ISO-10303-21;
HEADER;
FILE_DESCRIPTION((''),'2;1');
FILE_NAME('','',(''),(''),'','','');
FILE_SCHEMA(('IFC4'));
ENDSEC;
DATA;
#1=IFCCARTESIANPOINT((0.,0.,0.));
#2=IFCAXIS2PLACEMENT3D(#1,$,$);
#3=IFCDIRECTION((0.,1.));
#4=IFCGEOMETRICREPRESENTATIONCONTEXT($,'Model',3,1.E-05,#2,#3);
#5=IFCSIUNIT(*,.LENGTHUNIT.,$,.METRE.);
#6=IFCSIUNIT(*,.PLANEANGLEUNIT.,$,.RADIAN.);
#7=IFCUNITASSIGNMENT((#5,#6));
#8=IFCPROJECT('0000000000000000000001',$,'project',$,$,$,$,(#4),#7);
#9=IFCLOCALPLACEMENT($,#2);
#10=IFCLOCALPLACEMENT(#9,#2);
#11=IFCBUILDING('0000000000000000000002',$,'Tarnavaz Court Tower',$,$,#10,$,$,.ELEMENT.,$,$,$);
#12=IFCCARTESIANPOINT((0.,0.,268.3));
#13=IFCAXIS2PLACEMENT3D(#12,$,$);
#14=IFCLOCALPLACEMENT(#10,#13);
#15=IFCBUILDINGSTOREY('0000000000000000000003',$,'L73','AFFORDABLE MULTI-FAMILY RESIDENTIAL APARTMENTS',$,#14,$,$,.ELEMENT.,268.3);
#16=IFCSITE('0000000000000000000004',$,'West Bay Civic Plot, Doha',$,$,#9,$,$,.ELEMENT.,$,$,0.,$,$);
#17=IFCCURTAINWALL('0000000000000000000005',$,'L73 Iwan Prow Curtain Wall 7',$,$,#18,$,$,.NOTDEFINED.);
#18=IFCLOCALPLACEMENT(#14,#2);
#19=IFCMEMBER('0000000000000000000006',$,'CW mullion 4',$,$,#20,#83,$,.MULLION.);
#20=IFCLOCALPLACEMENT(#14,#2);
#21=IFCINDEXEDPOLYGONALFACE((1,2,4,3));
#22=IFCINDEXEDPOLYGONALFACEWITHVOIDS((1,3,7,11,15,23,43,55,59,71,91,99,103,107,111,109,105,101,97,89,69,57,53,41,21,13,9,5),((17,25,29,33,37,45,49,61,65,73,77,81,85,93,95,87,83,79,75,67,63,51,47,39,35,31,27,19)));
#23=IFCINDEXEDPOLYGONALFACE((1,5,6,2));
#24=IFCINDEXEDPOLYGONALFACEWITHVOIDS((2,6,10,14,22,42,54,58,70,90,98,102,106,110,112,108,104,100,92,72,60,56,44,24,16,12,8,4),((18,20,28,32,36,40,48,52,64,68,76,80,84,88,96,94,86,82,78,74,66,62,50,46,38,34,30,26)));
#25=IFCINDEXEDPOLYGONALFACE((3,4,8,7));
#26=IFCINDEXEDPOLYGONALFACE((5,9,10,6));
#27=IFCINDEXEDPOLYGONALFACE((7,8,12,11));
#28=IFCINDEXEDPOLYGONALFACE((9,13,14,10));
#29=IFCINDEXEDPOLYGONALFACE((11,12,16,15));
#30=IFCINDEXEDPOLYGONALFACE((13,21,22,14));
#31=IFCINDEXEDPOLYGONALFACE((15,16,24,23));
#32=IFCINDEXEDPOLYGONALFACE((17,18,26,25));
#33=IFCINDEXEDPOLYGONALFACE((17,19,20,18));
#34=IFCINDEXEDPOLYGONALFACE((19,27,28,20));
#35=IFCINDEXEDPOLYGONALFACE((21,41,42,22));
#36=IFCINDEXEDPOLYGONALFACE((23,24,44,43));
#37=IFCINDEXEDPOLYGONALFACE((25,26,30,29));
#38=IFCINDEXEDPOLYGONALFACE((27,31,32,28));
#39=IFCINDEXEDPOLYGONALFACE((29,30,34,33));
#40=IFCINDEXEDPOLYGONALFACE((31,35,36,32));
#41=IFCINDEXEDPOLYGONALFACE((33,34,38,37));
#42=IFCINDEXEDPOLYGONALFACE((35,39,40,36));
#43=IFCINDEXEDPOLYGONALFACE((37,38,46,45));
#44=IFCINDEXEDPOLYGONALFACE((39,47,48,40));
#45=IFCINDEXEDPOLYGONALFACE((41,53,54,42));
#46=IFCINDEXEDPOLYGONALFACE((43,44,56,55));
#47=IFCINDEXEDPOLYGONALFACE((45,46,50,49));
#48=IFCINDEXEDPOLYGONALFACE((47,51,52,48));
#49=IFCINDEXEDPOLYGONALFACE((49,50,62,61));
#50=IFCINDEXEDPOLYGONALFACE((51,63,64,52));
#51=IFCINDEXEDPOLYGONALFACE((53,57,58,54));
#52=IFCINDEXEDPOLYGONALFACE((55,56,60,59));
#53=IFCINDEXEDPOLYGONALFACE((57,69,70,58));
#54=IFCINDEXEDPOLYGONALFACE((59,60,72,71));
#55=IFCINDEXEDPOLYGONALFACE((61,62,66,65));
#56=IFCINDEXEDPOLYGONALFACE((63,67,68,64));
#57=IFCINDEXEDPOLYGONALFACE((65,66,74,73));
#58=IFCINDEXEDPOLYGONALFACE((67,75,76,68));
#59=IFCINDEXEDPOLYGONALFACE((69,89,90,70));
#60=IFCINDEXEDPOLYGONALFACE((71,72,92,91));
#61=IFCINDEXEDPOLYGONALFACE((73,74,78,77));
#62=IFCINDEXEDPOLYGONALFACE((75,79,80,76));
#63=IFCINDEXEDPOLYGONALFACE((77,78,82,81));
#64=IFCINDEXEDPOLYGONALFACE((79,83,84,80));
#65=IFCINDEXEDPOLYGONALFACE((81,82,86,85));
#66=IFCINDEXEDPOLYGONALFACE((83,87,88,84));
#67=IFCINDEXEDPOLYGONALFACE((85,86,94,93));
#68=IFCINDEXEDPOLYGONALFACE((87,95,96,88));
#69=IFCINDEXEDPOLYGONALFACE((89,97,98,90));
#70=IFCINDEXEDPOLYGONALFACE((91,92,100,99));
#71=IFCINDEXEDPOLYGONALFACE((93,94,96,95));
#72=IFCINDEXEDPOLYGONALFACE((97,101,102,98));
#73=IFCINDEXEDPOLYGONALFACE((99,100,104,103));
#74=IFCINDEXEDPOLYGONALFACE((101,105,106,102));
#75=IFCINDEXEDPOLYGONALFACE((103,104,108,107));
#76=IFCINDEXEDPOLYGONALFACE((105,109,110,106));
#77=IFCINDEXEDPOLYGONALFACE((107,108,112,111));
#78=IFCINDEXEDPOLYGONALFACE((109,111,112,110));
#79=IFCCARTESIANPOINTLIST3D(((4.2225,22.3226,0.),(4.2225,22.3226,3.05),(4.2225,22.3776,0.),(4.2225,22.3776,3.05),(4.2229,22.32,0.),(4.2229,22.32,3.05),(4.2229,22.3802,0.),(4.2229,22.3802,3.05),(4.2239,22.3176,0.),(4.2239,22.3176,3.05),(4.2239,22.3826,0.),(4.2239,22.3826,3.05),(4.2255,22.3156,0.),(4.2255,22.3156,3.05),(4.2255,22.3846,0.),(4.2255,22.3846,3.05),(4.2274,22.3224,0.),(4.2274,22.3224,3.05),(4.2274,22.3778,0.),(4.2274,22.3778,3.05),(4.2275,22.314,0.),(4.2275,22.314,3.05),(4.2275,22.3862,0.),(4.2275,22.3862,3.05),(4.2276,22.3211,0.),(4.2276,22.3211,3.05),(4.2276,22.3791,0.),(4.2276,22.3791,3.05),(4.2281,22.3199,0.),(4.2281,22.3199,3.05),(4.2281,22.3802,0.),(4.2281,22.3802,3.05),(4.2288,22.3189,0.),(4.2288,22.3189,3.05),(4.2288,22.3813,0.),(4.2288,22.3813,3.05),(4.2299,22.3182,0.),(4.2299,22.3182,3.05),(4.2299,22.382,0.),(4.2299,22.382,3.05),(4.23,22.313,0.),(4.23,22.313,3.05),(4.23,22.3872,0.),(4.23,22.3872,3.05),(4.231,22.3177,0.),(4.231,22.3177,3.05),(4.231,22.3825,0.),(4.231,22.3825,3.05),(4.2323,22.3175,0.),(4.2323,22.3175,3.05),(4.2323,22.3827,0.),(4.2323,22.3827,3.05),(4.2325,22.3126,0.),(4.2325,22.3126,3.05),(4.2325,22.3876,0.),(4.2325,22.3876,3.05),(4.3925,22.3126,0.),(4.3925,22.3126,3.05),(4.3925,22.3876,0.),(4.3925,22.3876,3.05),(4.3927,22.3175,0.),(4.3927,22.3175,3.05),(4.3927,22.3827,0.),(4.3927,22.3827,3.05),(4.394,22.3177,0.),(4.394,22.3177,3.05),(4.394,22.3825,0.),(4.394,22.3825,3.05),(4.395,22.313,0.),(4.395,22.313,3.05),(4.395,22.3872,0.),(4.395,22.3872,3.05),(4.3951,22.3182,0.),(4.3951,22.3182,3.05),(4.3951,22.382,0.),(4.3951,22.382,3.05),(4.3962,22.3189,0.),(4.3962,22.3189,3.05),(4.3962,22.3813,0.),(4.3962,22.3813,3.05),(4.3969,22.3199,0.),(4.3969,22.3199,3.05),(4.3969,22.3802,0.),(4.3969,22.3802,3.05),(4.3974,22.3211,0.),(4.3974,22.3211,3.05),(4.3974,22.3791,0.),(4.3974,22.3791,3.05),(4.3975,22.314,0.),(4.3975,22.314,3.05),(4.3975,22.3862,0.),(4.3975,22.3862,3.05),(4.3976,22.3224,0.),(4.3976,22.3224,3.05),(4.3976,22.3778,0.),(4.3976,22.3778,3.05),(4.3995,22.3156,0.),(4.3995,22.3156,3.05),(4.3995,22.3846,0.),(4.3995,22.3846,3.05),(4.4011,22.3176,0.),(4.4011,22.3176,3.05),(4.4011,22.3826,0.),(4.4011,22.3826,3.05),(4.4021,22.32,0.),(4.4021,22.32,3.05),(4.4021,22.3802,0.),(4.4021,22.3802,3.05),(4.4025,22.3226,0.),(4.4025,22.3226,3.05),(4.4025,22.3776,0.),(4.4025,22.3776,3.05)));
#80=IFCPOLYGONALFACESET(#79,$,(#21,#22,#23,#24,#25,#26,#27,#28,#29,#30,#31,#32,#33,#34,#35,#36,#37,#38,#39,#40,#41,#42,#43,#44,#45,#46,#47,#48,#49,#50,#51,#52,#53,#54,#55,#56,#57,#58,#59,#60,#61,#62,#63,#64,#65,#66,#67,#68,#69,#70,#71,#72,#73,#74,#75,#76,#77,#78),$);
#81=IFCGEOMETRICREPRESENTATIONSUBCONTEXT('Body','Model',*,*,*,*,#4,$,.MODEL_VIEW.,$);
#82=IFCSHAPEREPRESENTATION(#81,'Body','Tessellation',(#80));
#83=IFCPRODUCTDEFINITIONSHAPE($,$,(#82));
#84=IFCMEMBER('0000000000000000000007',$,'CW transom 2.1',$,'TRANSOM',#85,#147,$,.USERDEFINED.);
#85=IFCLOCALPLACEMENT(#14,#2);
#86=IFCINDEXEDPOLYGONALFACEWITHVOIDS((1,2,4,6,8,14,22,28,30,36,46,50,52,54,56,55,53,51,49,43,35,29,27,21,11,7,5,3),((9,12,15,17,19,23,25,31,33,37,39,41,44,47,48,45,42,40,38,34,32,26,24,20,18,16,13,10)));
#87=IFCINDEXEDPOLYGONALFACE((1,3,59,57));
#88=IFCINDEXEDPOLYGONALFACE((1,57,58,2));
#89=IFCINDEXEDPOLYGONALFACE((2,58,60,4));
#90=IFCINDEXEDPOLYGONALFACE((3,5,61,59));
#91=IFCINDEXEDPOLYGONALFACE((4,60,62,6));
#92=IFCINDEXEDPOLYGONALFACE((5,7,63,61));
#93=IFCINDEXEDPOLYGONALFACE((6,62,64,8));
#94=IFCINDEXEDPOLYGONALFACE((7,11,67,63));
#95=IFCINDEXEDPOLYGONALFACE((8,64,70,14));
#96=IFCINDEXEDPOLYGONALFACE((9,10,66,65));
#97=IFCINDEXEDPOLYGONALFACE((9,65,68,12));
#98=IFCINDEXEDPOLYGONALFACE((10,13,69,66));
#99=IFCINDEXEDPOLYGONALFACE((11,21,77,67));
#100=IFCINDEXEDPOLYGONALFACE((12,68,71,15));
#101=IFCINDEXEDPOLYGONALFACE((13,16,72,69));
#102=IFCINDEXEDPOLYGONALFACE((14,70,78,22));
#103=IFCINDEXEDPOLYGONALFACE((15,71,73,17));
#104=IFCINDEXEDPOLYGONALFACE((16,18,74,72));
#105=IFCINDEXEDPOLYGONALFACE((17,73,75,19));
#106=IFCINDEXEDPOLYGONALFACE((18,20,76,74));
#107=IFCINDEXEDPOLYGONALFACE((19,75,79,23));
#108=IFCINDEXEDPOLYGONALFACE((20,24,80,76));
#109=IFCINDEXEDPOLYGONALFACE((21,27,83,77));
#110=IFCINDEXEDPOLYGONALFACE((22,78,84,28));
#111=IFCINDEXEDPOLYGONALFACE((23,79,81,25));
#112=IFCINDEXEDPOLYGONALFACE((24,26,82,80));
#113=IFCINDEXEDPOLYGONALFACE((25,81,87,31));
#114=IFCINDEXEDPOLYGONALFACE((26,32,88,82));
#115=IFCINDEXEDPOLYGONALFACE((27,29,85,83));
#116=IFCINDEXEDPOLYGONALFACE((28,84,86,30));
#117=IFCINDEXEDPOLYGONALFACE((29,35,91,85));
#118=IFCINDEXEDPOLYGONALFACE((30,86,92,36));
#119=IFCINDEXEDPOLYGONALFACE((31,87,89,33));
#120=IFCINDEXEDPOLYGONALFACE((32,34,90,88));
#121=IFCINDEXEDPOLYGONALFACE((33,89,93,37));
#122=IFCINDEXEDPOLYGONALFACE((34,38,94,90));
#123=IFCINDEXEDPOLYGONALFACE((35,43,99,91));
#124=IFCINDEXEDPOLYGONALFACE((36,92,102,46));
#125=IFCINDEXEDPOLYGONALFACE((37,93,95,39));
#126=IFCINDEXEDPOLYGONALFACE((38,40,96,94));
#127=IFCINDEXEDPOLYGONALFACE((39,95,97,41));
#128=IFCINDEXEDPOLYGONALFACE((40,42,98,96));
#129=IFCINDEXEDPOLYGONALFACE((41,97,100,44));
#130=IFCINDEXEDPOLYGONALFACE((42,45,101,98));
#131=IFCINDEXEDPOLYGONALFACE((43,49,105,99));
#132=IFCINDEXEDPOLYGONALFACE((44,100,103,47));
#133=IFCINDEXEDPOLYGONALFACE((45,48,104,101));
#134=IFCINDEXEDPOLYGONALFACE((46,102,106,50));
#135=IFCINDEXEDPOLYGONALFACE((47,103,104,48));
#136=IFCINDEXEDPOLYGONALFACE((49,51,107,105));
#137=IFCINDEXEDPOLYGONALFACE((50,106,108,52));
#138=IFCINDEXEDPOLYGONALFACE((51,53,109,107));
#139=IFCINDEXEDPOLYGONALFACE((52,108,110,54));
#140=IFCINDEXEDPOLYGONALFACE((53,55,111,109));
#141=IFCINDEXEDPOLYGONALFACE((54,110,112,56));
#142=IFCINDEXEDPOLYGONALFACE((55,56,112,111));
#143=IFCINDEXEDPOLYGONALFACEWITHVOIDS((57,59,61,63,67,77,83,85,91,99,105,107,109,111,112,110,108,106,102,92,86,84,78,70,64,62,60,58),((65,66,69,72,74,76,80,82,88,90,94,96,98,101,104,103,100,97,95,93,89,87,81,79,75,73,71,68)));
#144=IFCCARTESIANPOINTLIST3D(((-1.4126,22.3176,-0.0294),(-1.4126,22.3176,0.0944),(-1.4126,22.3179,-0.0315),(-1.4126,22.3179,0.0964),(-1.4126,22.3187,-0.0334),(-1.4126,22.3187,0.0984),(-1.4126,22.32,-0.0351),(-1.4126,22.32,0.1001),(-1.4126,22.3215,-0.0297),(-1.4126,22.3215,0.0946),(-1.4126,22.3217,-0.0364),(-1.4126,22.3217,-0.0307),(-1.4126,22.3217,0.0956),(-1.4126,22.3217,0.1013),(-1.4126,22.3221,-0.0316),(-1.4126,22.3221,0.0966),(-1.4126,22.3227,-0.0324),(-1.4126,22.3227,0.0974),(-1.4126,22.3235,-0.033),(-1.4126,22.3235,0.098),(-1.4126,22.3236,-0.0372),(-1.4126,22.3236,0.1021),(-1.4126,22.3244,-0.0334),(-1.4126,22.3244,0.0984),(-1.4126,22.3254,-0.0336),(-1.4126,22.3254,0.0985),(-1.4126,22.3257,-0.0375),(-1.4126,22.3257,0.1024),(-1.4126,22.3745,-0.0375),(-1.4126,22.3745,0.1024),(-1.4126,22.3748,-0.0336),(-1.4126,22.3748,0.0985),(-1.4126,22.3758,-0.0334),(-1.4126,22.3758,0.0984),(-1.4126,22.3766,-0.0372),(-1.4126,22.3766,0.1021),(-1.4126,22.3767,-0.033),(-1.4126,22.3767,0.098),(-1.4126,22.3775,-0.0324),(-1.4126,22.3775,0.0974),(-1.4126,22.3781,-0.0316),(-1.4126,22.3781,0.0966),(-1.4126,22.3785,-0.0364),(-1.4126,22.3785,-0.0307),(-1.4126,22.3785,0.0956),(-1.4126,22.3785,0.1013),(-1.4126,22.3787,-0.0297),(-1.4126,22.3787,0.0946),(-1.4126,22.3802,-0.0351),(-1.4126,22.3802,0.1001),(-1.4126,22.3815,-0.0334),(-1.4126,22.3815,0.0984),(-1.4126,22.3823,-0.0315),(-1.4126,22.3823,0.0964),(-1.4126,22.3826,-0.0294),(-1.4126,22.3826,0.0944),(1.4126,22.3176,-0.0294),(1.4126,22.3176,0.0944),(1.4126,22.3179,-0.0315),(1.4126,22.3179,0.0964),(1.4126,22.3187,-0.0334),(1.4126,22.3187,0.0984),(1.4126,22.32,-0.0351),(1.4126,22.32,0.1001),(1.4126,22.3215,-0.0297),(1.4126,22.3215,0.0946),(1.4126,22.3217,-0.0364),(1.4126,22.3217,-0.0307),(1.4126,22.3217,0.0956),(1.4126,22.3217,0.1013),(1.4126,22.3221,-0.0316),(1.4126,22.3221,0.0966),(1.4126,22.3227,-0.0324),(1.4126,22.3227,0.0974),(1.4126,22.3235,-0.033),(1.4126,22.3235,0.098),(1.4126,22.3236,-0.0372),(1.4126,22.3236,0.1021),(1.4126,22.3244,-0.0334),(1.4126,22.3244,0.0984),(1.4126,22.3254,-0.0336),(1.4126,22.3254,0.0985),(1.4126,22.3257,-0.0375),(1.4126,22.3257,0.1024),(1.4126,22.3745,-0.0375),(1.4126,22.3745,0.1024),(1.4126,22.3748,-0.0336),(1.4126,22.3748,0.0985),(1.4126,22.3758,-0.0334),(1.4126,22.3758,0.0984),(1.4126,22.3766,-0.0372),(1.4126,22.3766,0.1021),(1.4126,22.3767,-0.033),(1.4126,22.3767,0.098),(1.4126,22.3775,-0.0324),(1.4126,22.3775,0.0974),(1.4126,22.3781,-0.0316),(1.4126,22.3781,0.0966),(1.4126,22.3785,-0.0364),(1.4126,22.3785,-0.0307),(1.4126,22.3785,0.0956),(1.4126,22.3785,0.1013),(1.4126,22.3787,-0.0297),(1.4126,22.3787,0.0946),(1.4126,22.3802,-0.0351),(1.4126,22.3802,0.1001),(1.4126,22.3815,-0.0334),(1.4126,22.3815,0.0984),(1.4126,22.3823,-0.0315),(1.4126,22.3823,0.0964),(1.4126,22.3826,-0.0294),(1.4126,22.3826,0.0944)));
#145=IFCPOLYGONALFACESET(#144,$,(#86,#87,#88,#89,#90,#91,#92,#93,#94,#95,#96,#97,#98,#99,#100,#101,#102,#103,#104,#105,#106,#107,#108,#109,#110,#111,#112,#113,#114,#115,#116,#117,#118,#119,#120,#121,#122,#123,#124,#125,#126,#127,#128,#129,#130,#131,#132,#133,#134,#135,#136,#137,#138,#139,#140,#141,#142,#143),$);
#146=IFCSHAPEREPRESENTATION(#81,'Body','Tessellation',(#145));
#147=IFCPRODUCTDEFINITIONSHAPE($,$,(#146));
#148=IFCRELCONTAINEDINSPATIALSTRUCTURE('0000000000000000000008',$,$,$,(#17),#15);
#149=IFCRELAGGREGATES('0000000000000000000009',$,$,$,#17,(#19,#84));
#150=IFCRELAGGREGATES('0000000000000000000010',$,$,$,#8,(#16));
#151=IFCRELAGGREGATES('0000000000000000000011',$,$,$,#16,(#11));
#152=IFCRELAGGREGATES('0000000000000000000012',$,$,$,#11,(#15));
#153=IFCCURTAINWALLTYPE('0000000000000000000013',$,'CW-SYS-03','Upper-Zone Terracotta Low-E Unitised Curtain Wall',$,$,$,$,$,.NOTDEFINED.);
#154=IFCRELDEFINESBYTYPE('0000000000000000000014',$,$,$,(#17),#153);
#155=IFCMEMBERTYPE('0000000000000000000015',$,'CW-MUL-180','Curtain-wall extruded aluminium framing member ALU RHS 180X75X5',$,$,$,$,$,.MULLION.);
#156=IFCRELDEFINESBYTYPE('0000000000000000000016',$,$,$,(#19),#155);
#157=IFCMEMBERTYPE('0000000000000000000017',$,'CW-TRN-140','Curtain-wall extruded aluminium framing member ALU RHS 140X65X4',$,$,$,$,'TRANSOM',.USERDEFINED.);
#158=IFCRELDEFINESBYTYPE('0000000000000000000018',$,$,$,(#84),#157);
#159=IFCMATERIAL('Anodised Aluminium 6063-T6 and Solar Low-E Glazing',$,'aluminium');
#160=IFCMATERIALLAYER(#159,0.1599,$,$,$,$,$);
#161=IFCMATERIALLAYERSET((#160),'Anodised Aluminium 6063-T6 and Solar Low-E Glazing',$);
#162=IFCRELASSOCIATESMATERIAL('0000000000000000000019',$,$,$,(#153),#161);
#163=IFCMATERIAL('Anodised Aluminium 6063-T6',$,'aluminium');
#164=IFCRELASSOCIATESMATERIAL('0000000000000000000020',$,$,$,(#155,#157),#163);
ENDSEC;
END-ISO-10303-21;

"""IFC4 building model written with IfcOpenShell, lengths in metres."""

from ifc_helpers import new_model, si_unit, direction, frame, origin, origin_2d, place, context, subcontext, project, spatial, hollow_rectangle, extrude, material, layer, layer_set, material_profile, profile_set, type_object, element, aggregate, save


model = new_model("IFC4")

# Units and contexts
model_context = context("Model", 3, precision=1e-05, world=origin(), true_north=direction((0.0, 1.0)))
body_context = subcontext(model_context, "Body", "Model", "MODEL_VIEW")
ifc_project = project(units=[si_unit("LENGTHUNIT", "METRE"), si_unit("PLANEANGLEUNIT", "RADIAN")], contexts=[model_context])

# Site, building, storey
site_placement = place(None, origin())
site = spatial("IfcSite", under=ifc_project, at=site_placement, Name="West Bay Civic Plot, Doha", CompositionType="ELEMENT", RefElevation=0.0)
building_placement = place(site_placement, origin())
building = spatial("IfcBuilding", under=site, at=building_placement, Name="Tarnavaz Court Tower", CompositionType="ELEMENT")
storey_placement = place(building_placement, frame((0.0, 0.0, 268.3)))
storey = spatial("IfcBuildingStorey", under=building, at=storey_placement, Name="L73", Description="AFFORDABLE MULTI-FAMILY RESIDENTIAL APARTMENTS", CompositionType="ELEMENT", Elevation=268.3)

# Curtain wall, members
ifc_material_1 = material(Name="Anodised Aluminium 6063-T6 and Solar Low-E Glazing", Category="aluminium")
ifc_layer_1 = layer(ifc_material_1, 0.1599)
ifc_layer_set_1 = layer_set([ifc_layer_1], Name="Anodised Aluminium 6063-T6 and Solar Low-E Glazing")
curtain_wall_type = type_object("IfcCurtainWallType", Name="CW-SYS-03", Description="Upper-Zone Terracotta Low-E Unitised Curtain Wall", PredefinedType="NOTDEFINED", material=ifc_layer_set_1)
curtain_wall_placement = place(storey_placement, origin())
curtain_wall = element("IfcCurtainWall", 1, at=curtain_wall_placement, inside=storey, type_object=curtain_wall_type, Name="L73 Iwan Prow Curtain Wall 7", PredefinedType="NOTDEFINED")
ifc_material_2 = material(Name="Anodised Aluminium 6063-T6", Category="aluminium")
ifc_material_profile_1 = material_profile(ifc_material_2, hollow_rectangle(XDim=0.075, YDim=0.1799, WallThickness=0.0049, InnerFilletRadius=0.0049, OuterFilletRadius=0.01, at=origin_2d()), Name="ALU RHS 180X75X5")
ifc_profile_set_1 = profile_set([ifc_material_profile_1], Name="Anodised Aluminium 6063-T6")
member_type_1 = type_object("IfcMemberType", Name="CW-MUL-180", Description="Curtain-wall extruded aluminium framing member ALU RHS 180X75X5", PredefinedType="MULLION", material=ifc_profile_set_1)
member_1_placement = place(storey_placement, frame((4.3125, 22.3501, 0.0), z_axis=(0.0, 0.0, 1.0), x_axis=(0.0, 1.0, 0.0)))
member_1 = element("IfcMember", 2, at=member_1_placement, type_object=member_type_1, Name="CW mullion 4", PredefinedType="MULLION", context=body_context, shape_type="SweptSolid", body=[
    extrude(hollow_rectangle(XDim=0.075, YDim=0.1799, WallThickness=0.0049, InnerFilletRadius=0.0049, OuterFilletRadius=0.01, at=origin_2d()), origin(), (0.0, 0.0, 1.0), 3.05),
])
ifc_material_profile_2 = material_profile(ifc_material_2, hollow_rectangle(XDim=0.0649, YDim=0.1399, WallThickness=0.0039, InnerFilletRadius=0.0039, OuterFilletRadius=0.0081, at=origin_2d()), Name="ALU RHS 140X65X4")
ifc_profile_set_2 = profile_set([ifc_material_profile_2], Name="Anodised Aluminium 6063-T6")
member_type_2 = type_object("IfcMemberType", Name="CW-TRN-140", Description="Curtain-wall extruded aluminium framing member ALU RHS 140X65X4", ElementType="TRANSOM", PredefinedType="USERDEFINED", material=ifc_profile_set_2)
member_2_placement = place(storey_placement, frame((-1.4126, 22.3501, 0.0325), z_axis=(1.0, 0.0, 0.0), x_axis=(0.0, 1.0, 0.0)))
member_2 = element("IfcMember", 3, at=member_2_placement, type_object=member_type_2, Name="CW transom 2.1", ObjectType="TRANSOM", PredefinedType="USERDEFINED", context=body_context, shape_type="SweptSolid", body=[
    extrude(hollow_rectangle(XDim=0.0649, YDim=0.1399, WallThickness=0.0039, InnerFilletRadius=0.0039, OuterFilletRadius=0.0081, at=origin_2d()), origin(), (0.0, 0.0, 1.0), 2.8252),
])
aggregate(curtain_wall, [member_1, member_2])

save(model, "model.ifc")
